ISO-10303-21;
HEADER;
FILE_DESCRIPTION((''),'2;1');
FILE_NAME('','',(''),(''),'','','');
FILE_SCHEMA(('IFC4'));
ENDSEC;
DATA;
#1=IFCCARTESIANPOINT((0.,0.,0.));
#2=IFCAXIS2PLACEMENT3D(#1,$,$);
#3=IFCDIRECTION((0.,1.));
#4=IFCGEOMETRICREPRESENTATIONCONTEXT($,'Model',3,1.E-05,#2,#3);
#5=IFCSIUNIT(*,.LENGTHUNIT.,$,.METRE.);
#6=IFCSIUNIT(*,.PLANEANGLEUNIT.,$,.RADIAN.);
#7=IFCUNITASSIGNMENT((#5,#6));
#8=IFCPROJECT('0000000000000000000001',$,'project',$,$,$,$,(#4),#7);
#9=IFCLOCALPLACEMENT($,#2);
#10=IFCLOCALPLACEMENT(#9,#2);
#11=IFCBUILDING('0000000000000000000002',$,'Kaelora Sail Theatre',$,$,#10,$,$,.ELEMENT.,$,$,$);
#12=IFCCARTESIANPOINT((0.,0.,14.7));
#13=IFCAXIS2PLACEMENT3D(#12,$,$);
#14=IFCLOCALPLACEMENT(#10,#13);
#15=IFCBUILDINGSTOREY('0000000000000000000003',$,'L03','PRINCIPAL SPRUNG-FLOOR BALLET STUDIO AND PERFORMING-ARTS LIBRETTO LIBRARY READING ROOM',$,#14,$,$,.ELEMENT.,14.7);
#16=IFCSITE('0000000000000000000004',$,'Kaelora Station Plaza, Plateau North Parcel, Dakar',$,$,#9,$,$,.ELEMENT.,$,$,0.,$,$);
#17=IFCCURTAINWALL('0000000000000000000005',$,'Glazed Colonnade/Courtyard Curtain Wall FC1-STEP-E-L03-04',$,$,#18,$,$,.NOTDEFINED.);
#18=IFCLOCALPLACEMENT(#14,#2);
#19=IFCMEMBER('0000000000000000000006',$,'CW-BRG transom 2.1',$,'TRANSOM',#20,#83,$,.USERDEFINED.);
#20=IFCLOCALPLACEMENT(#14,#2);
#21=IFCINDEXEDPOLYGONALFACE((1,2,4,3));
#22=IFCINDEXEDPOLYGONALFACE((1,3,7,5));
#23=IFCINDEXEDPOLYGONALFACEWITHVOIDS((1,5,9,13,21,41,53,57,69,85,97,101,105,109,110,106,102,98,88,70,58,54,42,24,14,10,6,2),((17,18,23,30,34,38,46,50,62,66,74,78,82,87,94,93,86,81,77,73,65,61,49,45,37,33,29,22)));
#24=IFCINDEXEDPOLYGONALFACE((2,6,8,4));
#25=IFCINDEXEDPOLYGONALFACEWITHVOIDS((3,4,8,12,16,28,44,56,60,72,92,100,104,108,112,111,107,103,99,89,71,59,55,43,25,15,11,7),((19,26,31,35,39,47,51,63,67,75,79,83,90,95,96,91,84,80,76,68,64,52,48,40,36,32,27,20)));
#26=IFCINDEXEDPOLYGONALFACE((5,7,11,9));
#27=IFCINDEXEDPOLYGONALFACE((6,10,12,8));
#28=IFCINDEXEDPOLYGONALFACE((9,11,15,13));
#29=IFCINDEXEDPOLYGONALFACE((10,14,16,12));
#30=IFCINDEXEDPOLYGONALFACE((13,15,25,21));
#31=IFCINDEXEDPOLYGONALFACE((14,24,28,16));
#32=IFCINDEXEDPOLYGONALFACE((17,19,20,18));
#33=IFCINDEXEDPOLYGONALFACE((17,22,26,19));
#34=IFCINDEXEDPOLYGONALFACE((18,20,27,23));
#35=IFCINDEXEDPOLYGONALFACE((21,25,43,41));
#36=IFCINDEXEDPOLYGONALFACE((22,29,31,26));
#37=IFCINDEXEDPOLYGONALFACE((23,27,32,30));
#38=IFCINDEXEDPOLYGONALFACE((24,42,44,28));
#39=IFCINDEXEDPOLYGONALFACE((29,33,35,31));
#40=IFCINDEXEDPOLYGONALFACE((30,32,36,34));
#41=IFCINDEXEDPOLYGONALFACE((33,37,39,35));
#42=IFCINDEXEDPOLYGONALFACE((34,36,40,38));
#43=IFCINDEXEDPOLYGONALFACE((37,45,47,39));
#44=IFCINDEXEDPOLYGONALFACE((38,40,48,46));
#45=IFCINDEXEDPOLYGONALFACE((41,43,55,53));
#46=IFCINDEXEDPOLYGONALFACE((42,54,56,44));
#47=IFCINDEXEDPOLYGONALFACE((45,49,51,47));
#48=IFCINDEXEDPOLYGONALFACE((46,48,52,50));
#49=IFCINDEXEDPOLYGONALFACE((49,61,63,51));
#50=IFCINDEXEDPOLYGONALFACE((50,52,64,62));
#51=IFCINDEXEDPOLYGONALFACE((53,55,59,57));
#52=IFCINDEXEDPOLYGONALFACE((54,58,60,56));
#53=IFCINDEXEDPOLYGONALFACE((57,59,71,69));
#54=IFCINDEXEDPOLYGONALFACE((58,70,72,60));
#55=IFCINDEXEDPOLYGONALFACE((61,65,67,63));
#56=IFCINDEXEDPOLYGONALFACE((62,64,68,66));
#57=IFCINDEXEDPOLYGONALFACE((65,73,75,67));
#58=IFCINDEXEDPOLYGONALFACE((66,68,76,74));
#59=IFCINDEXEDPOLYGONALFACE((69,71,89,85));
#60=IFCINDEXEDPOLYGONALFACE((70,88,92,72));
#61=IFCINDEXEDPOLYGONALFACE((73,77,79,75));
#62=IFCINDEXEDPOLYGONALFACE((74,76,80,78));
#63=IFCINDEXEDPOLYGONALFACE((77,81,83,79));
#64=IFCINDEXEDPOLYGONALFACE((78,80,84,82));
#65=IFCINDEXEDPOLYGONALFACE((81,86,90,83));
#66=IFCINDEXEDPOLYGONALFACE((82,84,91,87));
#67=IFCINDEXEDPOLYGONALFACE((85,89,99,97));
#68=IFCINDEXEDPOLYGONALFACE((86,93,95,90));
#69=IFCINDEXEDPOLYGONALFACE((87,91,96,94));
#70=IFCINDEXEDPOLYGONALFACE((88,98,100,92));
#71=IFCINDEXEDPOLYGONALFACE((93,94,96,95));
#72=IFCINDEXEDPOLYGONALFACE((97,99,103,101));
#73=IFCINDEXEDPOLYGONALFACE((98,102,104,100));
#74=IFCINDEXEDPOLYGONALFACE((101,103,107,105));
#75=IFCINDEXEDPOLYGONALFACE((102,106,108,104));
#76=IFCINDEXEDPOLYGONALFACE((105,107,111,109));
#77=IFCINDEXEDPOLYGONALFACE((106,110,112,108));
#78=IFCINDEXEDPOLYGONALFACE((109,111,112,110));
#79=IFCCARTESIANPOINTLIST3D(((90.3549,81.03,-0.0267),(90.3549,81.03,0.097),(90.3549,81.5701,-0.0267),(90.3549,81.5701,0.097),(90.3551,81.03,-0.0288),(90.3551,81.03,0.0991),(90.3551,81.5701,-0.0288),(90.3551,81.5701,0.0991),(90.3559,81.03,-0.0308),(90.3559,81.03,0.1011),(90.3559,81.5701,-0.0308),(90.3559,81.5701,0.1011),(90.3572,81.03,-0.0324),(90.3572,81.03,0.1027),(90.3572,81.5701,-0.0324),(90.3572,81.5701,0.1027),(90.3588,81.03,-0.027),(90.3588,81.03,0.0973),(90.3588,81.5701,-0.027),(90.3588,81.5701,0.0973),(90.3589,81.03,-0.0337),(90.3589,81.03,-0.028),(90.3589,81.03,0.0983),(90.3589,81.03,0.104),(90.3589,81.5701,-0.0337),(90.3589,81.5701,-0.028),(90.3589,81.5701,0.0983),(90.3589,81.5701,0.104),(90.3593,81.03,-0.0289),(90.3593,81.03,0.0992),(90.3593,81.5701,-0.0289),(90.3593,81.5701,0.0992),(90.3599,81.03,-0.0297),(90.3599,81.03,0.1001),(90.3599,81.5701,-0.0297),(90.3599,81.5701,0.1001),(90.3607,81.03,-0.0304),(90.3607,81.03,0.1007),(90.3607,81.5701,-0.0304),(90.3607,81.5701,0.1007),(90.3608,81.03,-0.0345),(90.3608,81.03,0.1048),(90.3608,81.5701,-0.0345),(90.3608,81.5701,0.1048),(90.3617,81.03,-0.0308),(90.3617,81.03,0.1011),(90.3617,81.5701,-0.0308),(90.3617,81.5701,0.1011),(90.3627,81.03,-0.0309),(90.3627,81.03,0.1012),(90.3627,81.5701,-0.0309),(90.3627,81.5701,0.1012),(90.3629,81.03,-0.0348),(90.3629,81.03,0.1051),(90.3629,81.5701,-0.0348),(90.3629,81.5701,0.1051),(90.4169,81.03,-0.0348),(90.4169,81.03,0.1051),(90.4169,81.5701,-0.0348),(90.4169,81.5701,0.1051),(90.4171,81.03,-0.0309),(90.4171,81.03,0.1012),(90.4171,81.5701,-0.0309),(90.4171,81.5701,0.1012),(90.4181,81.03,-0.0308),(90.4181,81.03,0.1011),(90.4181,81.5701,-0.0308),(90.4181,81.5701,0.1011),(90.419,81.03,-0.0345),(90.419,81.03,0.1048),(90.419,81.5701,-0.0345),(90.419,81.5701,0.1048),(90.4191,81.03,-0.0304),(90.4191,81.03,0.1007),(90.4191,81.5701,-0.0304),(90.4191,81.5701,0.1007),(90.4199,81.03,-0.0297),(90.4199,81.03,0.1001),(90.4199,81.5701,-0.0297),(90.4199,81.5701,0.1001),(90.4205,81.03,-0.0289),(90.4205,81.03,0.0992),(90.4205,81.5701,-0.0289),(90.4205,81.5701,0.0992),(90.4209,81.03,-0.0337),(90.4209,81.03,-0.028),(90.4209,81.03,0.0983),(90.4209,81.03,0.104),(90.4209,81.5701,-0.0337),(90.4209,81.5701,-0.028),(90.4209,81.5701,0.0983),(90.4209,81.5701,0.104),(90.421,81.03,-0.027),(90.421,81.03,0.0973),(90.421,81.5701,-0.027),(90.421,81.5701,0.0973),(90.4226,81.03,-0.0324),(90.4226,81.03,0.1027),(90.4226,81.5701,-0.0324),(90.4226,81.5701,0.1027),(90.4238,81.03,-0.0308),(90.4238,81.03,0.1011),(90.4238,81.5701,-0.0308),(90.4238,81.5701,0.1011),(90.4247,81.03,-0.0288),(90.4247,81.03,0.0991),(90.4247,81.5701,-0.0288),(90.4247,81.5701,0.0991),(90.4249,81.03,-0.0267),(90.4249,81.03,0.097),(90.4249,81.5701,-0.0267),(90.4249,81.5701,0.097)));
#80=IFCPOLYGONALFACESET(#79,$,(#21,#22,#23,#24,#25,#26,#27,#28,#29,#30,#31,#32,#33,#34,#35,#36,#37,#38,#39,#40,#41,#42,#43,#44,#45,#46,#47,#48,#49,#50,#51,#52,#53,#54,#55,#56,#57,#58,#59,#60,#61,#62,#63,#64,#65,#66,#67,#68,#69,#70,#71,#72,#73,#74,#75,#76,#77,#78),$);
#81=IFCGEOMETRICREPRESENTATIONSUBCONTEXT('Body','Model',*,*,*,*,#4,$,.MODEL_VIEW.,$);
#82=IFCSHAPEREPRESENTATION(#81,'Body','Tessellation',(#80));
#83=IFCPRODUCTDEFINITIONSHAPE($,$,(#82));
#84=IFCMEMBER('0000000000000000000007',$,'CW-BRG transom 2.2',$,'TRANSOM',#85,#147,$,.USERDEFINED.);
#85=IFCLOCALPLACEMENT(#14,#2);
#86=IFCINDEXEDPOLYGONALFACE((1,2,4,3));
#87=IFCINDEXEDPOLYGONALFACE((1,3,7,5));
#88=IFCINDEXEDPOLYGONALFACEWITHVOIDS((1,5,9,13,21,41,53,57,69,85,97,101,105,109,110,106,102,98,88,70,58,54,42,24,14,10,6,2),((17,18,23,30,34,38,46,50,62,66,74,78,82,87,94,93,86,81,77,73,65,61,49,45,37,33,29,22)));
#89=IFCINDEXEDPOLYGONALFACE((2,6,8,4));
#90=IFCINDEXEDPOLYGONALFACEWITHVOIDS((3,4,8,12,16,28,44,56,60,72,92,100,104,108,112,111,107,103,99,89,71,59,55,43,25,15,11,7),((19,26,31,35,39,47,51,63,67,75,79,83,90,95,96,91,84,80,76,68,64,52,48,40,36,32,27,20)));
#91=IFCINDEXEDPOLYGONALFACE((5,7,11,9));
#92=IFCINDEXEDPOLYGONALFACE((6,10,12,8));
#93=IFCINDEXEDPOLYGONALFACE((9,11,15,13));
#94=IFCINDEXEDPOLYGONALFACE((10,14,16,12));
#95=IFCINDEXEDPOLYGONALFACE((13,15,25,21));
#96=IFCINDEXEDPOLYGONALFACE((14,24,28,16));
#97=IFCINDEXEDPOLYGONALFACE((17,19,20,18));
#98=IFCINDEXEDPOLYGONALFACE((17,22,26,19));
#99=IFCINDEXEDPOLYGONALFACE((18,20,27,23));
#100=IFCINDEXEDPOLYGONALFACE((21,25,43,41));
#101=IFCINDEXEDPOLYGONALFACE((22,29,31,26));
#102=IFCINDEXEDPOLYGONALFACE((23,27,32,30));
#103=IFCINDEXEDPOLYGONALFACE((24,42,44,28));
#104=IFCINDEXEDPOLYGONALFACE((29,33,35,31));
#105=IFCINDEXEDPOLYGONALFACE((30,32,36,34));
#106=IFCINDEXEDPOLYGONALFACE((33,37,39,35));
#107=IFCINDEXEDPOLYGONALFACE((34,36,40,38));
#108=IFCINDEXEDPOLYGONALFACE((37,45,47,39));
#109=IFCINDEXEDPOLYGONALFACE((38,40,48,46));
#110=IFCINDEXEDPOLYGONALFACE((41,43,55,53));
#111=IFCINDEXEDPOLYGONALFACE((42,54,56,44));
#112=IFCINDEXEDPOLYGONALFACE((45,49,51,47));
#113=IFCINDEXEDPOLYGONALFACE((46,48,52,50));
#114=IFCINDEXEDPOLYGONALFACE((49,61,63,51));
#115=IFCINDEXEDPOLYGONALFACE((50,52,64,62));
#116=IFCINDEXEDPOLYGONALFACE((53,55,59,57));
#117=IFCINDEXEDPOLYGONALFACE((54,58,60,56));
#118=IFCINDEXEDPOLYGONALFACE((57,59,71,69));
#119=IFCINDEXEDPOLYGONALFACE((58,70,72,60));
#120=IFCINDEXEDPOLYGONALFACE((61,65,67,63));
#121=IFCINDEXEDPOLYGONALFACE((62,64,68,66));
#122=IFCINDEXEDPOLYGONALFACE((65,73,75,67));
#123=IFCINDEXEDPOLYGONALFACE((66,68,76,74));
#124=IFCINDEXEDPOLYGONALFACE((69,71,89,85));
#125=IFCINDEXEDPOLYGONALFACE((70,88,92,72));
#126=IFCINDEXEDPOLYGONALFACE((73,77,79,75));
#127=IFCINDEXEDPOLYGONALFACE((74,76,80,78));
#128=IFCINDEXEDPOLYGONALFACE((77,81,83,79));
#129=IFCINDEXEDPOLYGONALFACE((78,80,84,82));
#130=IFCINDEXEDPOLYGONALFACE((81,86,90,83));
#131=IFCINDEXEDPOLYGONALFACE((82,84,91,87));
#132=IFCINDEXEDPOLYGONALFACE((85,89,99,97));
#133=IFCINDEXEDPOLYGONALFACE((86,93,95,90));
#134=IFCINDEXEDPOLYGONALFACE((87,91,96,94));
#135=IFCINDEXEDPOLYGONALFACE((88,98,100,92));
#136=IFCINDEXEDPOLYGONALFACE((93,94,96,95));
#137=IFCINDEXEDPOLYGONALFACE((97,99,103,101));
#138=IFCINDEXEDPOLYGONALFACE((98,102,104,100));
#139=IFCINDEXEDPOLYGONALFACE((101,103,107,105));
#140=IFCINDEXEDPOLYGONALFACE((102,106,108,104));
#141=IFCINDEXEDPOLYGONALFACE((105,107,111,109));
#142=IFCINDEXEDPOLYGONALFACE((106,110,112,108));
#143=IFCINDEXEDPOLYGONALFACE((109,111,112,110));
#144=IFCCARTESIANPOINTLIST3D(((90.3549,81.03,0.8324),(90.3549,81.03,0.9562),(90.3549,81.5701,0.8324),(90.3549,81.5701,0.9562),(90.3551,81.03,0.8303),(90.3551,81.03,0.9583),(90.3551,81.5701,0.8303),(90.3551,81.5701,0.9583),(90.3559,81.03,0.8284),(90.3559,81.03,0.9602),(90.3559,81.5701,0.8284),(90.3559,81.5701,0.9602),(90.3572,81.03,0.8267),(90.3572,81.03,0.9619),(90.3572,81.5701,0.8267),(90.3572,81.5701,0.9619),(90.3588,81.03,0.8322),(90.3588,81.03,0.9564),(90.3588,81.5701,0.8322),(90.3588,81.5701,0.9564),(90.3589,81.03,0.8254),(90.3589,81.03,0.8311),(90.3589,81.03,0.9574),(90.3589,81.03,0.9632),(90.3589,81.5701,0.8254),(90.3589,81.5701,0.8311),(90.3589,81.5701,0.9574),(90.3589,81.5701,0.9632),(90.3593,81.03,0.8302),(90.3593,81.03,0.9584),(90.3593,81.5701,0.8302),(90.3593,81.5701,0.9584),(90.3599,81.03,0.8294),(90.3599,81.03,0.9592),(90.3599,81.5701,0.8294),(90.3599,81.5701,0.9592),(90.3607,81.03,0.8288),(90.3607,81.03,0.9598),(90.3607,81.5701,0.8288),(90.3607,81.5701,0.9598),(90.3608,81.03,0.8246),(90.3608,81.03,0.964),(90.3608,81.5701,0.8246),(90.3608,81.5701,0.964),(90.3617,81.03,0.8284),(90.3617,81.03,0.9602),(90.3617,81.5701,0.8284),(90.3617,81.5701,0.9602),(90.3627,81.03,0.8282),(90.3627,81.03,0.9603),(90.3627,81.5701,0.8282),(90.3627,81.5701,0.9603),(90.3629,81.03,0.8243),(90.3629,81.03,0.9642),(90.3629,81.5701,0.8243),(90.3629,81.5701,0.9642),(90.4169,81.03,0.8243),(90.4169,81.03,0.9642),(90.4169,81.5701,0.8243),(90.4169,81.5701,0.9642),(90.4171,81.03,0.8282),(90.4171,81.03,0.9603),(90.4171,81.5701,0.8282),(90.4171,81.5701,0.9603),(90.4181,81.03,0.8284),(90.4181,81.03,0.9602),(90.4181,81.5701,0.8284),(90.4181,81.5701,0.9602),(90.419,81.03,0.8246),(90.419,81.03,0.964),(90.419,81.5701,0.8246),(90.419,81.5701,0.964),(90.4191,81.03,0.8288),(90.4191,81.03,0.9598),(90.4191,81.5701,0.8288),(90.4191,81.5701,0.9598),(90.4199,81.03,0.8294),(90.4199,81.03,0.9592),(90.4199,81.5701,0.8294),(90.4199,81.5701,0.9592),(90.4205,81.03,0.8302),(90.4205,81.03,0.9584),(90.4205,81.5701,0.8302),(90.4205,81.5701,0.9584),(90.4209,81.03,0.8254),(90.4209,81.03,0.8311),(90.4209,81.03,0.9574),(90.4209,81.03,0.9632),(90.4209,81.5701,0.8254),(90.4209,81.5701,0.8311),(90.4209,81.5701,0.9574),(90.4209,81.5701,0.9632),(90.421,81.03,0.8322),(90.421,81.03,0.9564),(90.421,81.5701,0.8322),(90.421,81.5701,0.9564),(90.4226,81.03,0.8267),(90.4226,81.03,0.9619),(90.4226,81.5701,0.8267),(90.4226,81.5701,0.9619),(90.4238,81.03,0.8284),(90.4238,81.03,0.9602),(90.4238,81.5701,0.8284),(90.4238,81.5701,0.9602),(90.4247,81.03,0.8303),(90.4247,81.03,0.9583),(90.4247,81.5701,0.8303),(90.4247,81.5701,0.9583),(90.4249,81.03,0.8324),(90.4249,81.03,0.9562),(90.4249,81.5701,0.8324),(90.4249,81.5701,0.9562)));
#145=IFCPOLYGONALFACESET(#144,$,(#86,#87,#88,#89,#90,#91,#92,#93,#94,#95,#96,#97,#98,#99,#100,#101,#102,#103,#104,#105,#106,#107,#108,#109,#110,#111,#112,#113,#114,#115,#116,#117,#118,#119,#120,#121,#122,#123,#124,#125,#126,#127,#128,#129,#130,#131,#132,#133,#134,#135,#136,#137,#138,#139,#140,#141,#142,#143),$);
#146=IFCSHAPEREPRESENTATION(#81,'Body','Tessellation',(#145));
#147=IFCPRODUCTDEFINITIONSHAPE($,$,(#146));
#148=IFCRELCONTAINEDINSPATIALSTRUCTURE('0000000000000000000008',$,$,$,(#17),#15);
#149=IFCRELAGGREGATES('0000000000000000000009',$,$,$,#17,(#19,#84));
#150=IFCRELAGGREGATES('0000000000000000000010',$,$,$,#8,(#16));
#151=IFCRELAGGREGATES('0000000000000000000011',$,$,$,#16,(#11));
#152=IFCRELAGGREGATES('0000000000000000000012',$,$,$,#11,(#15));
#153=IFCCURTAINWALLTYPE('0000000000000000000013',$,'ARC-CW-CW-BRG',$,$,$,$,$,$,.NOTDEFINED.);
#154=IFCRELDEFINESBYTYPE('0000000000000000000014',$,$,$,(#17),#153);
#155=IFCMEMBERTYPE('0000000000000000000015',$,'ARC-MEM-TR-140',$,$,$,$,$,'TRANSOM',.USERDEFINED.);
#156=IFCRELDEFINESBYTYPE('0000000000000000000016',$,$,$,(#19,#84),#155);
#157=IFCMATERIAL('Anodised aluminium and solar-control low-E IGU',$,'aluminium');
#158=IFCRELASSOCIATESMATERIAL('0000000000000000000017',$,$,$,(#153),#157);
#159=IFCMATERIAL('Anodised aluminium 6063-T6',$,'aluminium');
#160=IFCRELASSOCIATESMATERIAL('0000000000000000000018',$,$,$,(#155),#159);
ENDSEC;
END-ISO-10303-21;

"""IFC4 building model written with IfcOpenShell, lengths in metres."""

from ifc_helpers import new_model, si_unit, direction, frame, origin, origin_2d, place, context, subcontext, project, spatial, hollow_rectangle, extrude, material, material_profile, profile_set, type_object, element, aggregate, save


model = new_model("IFC4")

# Units and contexts
model_context = context("Model", 3, precision=1e-05, world=origin(), true_north=direction((0.0, 1.0)))
body_context = subcontext(model_context, "Body", "Model", "MODEL_VIEW")
ifc_project = project(units=[si_unit("LENGTHUNIT", "METRE"), si_unit("PLANEANGLEUNIT", "RADIAN")], contexts=[model_context])

# Site, building, storey
site_placement = place(None, origin())
site = spatial("IfcSite", under=ifc_project, at=site_placement, Name="Kaelora Station Plaza, Plateau North Parcel, Dakar", CompositionType="ELEMENT", RefElevation=0.0)
building_placement = place(site_placement, origin())
building = spatial("IfcBuilding", under=site, at=building_placement, Name="Kaelora Sail Theatre", CompositionType="ELEMENT")
storey_placement = place(building_placement, frame((0.0, 0.0, 14.7)))
storey = spatial("IfcBuildingStorey", under=building, at=storey_placement, Name="L03", Description="PRINCIPAL SPRUNG-FLOOR BALLET STUDIO AND PERFORMING-ARTS LIBRETTO LIBRARY READING ROOM", CompositionType="ELEMENT", Elevation=14.7)

# Shared definitions
ifc_material_1 = material(Name="Anodised aluminium and solar-control low-E IGU", Category="aluminium")
curtain_wall_type = type_object("IfcCurtainWallType", Name="ARC-CW-CW-BRG", PredefinedType="NOTDEFINED", material=ifc_material_1)

# Curtain wall
curtain_wall_1_placement = place(storey_placement, origin())
curtain_wall_1 = element("IfcCurtainWall", 1, at=curtain_wall_1_placement, inside=storey, type_object=curtain_wall_type, Name="Glazed Colonnade/Courtyard Curtain Wall FC1-STEP-E-L03-04", PredefinedType="NOTDEFINED")

# Members
ifc_material_2 = material(Name="Anodised aluminium 6063-T6", Category="aluminium")
ifc_material_profile_1 = material_profile(ifc_material_2, hollow_rectangle(XDim=0.0701, YDim=0.1399, WallThickness=0.0039, InnerFilletRadius=0.0039, OuterFilletRadius=0.0081, at=origin_2d()), Name="ALU-TRAN 70x140x4")
ifc_profile_set_1 = profile_set([ifc_material_profile_1], Name="Anodised aluminium 6063-T6")
member_type_1 = type_object("IfcMemberType", Name="ARC-MEM-TR-140", ElementType="TRANSOM", PredefinedType="USERDEFINED", material=ifc_profile_set_1)
member_1_placement = place(storey_placement, frame((90.3899, 81.03, 0.0352), z_axis=(0.0, 1.0, 0.0), x_axis=(-1.0, 0.0, 0.0)))
member_1 = element("IfcMember", 2, at=member_1_placement, type_object=member_type_1, Name="CW-BRG transom 2.1", ObjectType="TRANSOM", PredefinedType="USERDEFINED", context=body_context, shape_type="SweptSolid", body=[
    extrude(hollow_rectangle(XDim=0.0701, YDim=0.1399, WallThickness=0.0039, InnerFilletRadius=0.0039, OuterFilletRadius=0.0081, at=origin_2d()), origin(), (0.0, 0.0, 1.0), 0.54),
])
member_2_placement = place(storey_placement, frame((90.3899, 81.03, 0.8943), z_axis=(0.0, 1.0, 0.0), x_axis=(-1.0, 0.0, 0.0)))
member_2 = element("IfcMember", 3, at=member_2_placement, type_object=member_type_1, Name="CW-BRG transom 2.2", ObjectType="TRANSOM", PredefinedType="USERDEFINED", context=body_context, shape_type="SweptSolid", body=[
    extrude(hollow_rectangle(XDim=0.0701, YDim=0.1399, WallThickness=0.0039, InnerFilletRadius=0.0039, OuterFilletRadius=0.0081, at=origin_2d()), origin(), (0.0, 0.0, 1.0), 0.54),
])

aggregate(curtain_wall_1, [member_1, member_2])

save(model, "model.ifc")
